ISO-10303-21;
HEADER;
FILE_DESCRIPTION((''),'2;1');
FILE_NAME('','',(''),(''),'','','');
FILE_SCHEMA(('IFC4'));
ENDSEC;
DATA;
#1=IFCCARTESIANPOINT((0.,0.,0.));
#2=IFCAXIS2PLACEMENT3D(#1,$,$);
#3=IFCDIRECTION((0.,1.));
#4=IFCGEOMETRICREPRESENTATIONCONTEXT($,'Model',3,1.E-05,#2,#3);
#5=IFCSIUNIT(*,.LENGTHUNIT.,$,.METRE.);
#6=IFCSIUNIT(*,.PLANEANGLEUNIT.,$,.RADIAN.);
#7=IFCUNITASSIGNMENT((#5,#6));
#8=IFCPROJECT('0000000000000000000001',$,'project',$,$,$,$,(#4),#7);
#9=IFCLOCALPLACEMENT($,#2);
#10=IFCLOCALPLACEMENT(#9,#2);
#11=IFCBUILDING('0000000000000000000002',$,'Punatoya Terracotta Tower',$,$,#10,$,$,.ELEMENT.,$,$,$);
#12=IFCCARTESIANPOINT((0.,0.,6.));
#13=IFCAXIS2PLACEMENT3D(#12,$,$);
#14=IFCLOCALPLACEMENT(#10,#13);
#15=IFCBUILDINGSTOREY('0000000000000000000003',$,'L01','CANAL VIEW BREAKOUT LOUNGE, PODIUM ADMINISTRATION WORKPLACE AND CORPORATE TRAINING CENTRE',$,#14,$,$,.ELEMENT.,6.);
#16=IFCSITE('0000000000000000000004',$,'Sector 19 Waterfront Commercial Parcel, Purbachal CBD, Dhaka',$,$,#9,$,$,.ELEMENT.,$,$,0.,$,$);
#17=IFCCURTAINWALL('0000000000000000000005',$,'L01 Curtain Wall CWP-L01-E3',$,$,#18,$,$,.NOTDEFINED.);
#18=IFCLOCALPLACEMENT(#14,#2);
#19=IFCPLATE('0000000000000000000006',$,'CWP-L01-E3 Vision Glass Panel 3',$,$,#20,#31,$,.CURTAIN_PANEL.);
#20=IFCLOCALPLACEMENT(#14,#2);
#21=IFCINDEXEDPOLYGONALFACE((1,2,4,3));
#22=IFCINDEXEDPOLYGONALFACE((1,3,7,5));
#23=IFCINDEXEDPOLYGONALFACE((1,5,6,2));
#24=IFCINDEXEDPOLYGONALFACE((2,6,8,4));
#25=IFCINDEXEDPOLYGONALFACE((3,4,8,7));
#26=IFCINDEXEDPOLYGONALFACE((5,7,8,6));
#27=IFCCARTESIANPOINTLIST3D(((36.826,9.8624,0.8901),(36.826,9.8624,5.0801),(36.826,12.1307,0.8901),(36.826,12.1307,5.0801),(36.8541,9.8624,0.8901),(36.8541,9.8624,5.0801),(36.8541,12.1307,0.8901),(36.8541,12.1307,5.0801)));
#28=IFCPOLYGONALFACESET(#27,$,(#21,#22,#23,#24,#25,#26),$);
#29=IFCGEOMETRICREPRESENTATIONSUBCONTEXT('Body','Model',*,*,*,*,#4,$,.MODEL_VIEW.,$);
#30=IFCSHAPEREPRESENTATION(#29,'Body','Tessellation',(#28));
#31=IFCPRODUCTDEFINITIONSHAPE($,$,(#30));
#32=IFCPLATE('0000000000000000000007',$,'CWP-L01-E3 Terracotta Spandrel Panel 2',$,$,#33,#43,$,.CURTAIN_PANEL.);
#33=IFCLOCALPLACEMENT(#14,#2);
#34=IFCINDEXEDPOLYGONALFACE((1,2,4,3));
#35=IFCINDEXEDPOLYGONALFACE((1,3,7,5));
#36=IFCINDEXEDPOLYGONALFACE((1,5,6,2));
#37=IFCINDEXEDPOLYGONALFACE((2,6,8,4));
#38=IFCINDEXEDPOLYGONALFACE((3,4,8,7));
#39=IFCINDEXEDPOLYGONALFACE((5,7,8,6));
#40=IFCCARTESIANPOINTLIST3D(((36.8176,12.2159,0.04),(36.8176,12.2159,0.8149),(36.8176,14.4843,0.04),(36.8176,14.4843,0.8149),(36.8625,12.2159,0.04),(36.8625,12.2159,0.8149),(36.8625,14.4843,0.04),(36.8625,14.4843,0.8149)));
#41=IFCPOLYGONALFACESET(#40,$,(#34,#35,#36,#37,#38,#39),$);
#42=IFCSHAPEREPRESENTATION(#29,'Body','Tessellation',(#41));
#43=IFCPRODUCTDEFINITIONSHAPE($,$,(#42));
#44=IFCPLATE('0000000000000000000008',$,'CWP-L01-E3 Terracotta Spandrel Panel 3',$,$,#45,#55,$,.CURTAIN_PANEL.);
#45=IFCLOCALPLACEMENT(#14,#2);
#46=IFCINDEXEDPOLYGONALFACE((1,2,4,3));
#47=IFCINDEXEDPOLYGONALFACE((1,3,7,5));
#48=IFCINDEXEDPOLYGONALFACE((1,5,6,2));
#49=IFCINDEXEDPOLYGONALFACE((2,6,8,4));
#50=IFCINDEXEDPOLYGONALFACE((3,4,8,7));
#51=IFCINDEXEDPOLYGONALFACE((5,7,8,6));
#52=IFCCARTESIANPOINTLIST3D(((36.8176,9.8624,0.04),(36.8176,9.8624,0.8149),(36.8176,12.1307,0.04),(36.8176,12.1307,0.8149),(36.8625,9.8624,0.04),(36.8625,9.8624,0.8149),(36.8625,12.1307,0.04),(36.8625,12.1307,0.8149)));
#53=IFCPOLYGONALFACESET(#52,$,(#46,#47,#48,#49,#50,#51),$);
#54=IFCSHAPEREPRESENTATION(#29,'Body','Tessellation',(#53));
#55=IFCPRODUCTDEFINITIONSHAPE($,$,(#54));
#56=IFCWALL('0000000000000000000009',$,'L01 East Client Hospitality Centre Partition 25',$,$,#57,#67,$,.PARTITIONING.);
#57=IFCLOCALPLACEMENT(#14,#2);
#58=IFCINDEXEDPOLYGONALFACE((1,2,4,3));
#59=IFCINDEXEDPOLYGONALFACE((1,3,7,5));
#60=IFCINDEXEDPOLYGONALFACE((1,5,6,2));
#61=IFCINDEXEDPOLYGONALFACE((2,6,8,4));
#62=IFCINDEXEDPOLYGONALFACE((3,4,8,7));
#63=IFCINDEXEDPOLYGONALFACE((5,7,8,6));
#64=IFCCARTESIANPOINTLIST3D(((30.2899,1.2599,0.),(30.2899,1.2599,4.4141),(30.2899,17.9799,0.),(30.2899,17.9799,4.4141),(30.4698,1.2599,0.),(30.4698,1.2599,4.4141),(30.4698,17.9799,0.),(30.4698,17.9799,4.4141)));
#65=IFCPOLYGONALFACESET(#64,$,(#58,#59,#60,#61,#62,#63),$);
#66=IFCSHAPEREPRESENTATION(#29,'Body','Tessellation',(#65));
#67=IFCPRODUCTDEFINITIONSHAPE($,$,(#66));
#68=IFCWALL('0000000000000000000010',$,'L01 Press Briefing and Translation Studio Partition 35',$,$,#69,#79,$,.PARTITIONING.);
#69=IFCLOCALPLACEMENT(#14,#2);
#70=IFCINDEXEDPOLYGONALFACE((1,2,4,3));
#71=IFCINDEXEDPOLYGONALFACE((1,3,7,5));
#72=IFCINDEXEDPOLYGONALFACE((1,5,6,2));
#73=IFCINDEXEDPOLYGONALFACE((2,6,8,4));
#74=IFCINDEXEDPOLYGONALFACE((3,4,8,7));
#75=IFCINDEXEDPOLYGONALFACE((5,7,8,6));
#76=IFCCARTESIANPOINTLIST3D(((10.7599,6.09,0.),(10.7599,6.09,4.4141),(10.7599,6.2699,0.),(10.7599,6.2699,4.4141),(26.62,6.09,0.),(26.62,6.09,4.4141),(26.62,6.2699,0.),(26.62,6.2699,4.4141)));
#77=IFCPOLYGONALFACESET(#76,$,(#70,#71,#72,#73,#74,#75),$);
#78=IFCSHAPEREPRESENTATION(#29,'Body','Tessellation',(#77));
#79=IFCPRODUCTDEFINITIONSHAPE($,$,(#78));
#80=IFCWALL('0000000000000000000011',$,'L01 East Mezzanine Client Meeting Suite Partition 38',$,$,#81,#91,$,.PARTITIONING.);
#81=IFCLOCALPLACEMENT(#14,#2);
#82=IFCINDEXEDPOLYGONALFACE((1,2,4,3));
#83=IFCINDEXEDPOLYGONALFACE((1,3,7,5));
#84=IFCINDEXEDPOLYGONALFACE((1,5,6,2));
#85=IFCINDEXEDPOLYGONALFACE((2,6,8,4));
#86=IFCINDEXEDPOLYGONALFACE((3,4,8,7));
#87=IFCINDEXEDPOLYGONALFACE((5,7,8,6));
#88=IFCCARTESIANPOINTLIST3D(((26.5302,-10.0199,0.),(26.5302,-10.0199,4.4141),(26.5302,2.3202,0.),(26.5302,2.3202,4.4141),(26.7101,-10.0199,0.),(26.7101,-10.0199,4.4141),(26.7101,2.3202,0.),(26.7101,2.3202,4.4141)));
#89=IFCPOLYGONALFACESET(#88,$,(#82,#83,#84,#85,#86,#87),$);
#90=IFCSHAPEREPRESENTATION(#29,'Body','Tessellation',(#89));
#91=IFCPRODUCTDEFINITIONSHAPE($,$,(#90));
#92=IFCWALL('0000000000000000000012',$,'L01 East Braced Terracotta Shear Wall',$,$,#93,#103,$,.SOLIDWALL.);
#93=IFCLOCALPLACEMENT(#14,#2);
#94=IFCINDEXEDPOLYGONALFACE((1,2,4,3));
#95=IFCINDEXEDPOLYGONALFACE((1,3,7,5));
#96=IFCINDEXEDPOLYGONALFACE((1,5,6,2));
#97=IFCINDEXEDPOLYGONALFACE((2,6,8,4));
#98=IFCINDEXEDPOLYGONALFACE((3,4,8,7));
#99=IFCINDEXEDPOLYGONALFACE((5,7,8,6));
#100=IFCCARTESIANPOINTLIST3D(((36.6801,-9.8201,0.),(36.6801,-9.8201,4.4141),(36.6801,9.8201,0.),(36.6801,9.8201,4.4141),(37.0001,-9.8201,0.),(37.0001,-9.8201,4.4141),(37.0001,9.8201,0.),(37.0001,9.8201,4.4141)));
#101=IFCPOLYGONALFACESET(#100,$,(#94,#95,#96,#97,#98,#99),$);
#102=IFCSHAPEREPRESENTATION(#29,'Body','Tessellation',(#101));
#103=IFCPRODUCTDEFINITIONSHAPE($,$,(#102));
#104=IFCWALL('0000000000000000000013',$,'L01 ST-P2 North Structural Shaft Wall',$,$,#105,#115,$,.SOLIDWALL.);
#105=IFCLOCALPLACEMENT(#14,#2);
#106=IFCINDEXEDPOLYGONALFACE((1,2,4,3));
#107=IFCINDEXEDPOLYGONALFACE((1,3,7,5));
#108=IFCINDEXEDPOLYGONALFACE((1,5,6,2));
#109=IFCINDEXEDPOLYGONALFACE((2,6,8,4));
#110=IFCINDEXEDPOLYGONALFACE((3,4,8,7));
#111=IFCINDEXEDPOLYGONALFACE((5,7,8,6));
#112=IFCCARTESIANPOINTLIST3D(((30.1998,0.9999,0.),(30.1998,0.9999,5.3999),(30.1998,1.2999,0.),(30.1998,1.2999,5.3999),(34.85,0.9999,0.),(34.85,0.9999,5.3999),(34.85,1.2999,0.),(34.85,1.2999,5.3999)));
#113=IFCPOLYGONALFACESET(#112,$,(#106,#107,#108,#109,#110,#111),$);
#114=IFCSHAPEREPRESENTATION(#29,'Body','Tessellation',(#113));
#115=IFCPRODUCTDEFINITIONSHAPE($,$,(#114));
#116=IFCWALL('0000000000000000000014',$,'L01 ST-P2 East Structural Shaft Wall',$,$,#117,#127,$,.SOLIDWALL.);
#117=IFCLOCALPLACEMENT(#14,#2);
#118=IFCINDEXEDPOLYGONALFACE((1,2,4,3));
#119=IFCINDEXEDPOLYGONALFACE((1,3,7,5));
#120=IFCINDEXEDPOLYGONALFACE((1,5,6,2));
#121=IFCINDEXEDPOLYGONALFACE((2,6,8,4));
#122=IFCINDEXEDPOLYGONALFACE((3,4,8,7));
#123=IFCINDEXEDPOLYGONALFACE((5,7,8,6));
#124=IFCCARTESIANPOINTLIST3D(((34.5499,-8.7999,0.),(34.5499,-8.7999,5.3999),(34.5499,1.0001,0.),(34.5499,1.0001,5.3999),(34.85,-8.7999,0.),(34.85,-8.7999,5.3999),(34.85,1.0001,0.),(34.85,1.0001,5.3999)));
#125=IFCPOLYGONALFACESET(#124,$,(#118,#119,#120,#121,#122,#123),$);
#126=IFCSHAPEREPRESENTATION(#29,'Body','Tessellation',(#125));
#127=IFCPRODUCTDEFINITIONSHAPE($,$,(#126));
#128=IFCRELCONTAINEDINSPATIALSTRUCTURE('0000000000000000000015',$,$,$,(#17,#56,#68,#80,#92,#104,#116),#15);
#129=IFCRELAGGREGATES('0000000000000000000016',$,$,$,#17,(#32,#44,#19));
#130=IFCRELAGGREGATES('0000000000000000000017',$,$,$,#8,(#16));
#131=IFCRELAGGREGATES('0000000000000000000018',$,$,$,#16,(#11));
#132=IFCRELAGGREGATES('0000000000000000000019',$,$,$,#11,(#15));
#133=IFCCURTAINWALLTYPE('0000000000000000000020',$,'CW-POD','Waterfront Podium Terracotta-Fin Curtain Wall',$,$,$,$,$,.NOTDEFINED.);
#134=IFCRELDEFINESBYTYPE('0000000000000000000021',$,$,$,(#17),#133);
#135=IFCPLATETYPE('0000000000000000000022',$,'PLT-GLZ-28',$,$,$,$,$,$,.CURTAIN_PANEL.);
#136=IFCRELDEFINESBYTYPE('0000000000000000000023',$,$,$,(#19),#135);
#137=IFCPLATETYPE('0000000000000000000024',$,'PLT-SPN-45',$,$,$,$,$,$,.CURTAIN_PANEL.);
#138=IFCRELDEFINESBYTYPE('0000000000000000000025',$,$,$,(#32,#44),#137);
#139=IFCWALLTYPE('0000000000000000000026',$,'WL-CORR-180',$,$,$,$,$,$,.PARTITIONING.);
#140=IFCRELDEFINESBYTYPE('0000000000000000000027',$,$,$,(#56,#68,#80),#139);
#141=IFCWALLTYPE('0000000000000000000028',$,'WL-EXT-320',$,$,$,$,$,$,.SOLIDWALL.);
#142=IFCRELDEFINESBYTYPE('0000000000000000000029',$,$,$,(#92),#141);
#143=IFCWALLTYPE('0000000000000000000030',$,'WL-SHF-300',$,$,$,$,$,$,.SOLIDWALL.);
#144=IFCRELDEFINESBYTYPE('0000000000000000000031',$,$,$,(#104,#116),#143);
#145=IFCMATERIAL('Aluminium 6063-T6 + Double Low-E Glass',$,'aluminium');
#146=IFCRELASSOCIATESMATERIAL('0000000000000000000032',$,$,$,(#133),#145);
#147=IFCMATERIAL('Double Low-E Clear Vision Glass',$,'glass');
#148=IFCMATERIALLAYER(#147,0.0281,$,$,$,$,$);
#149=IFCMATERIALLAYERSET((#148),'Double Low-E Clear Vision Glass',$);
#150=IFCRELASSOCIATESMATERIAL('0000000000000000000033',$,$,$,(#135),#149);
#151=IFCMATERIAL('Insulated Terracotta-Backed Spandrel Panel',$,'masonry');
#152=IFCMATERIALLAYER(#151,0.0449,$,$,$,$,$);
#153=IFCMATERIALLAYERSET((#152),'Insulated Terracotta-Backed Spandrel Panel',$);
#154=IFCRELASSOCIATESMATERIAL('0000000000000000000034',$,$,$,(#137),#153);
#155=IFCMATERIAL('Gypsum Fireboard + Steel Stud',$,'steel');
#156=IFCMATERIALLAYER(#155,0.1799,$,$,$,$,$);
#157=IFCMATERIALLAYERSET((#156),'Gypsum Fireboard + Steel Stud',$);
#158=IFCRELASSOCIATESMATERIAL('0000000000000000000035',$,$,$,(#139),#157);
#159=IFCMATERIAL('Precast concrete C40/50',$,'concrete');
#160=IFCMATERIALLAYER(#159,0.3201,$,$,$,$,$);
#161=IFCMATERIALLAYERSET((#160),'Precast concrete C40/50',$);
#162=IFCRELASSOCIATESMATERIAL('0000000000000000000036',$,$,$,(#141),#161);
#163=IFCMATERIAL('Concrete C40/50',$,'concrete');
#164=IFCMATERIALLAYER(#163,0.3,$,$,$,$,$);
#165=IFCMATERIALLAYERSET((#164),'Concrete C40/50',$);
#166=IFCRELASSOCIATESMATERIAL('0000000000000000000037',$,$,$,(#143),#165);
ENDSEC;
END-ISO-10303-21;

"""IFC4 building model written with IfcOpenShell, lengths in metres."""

from ifc_helpers import new_model, si_unit, direction, frame, frame_2d, origin, origin_2d, place, context, subcontext, project, spatial, rectangle, extrude, material, layer, layer_set, type_object, element, aggregate, save


model = new_model("IFC4")

# Units and contexts
model_context = context("Model", 3, precision=1e-05, world=origin(), true_north=direction((0.0, 1.0)))
body_context = subcontext(model_context, "Body", "Model", "MODEL_VIEW")
ifc_project = project(units=[si_unit("LENGTHUNIT", "METRE"), si_unit("PLANEANGLEUNIT", "RADIAN")], contexts=[model_context])

# Site, building, storey
site_placement = place(None, origin())
site = spatial("IfcSite", under=ifc_project, at=site_placement, Name="Sector 19 Waterfront Commercial Parcel, Purbachal CBD, Dhaka", CompositionType="ELEMENT", RefElevation=0.0)
building_placement = place(site_placement, origin())
building = spatial("IfcBuilding", under=site, at=building_placement, Name="Punatoya Terracotta Tower", CompositionType="ELEMENT")
storey_placement = place(building_placement, frame((0.0, 0.0, 6.0)))
storey = spatial("IfcBuildingStorey", under=building, at=storey_placement, Name="L01", Description="CANAL VIEW BREAKOUT LOUNGE, PODIUM ADMINISTRATION WORKPLACE AND CORPORATE TRAINING CENTRE", CompositionType="ELEMENT", Elevation=6.0)

# Curtain wall
ifc_material_1 = material(Name="Aluminium 6063-T6 + Double Low-E Glass", Category="aluminium")
curtain_wall_type = type_object("IfcCurtainWallType", Name="CW-POD", Description="Waterfront Podium Terracotta-Fin Curtain Wall", PredefinedType="NOTDEFINED", material=ifc_material_1)
curtain_wall_placement = place(storey_placement, origin())
curtain_wall = element("IfcCurtainWall", 1, at=curtain_wall_placement, inside=storey, type_object=curtain_wall_type, Name="L01 Curtain Wall CWP-L01-E3", PredefinedType="NOTDEFINED")

# Plates
ifc_material_2 = material(Name="Double Low-E Clear Vision Glass", Category="glass")
ifc_layer_1 = layer(ifc_material_2, 0.0281)
ifc_layer_set_1 = layer_set([ifc_layer_1], Name="Double Low-E Clear Vision Glass")
plate_type_1 = type_object("IfcPlateType", Name="PLT-GLZ-28", PredefinedType="CURTAIN_PANEL", material=ifc_layer_set_1)
plate_1_placement = place(storey_placement, frame((36.8401, 10.9966, 0.8901), z_axis=(0.0, 0.0, 1.0), x_axis=(0.0, -1.0, 0.0)))
plate_1 = element("IfcPlate", 2, at=plate_1_placement, type_object=plate_type_1, Name="CWP-L01-E3 Vision Glass Panel 3", PredefinedType="CURTAIN_PANEL", context=body_context, shape_type="SweptSolid", body=[
    extrude(rectangle(XDim=2.2683, YDim=0.0281, at=origin_2d()), origin(), (0.0, 0.0, 1.0), 4.1899),
])
ifc_material_3 = material(Name="Insulated Terracotta-Backed Spandrel Panel", Category="masonry")
ifc_layer_2 = layer(ifc_material_3, 0.0449)
ifc_layer_set_2 = layer_set([ifc_layer_2], Name="Insulated Terracotta-Backed Spandrel Panel")
plate_type_2 = type_object("IfcPlateType", Name="PLT-SPN-45", PredefinedType="CURTAIN_PANEL", material=ifc_layer_set_2)
plate_2_placement = place(storey_placement, frame((36.8401, 13.3501, 0.04), z_axis=(0.0, 0.0, 1.0), x_axis=(0.0, -1.0, 0.0)))
plate_2 = element("IfcPlate", 3, at=plate_2_placement, type_object=plate_type_2, Name="CWP-L01-E3 Terracotta Spandrel Panel 2", PredefinedType="CURTAIN_PANEL", context=body_context, shape_type="SweptSolid", body=[
    extrude(rectangle(XDim=2.2683, YDim=0.0449, at=origin_2d()), origin(), (0.0, 0.0, 1.0), 0.7749),
])
plate_3_placement = place(storey_placement, frame((36.8401, 10.9966, 0.04), z_axis=(0.0, 0.0, 1.0), x_axis=(0.0, -1.0, 0.0)))
plate_3 = element("IfcPlate", 4, at=plate_3_placement, type_object=plate_type_2, Name="CWP-L01-E3 Terracotta Spandrel Panel 3", PredefinedType="CURTAIN_PANEL", context=body_context, shape_type="SweptSolid", body=[
    extrude(rectangle(XDim=2.2683, YDim=0.0449, at=origin_2d()), origin(), (0.0, 0.0, 1.0), 0.7749),
])
aggregate(curtain_wall, [plate_2, plate_3, plate_1])

# Walls
ifc_material_4 = material(Name="Gypsum Fireboard + Steel Stud", Category="steel")
ifc_layer_3 = layer(ifc_material_4, 0.1799)
ifc_layer_set_3 = layer_set([ifc_layer_3], Name="Gypsum Fireboard + Steel Stud")
wall_type_1 = type_object("IfcWallType", Name="WL-CORR-180", PredefinedType="PARTITIONING", material=ifc_layer_set_3)
wall_1_placement = place(storey_placement, frame((30.3799, 1.26, 0.0), z_axis=(0.0, 0.0, 1.0), x_axis=(0.0, 1.0, 0.0)))
element("IfcWall", 5, at=wall_1_placement, inside=storey, type_object=wall_type_1, Name="L01 East Client Hospitality Centre Partition 25", PredefinedType="PARTITIONING", context=body_context, shape_type="SweptSolid", body=[
    extrude(rectangle(XDim=16.72, YDim=0.1799, at=frame_2d((8.3599, 0.0))), origin(), (0.0, 0.0, 1.0), 4.4141),
])
wall_2_placement = place(storey_placement, frame((26.6201, 6.1799, 0.0), z_axis=(0.0, 0.0, 1.0), x_axis=(-1.0, 0.0, 0.0)))
element("IfcWall", 6, at=wall_2_placement, inside=storey, type_object=wall_type_1, Name="L01 Press Briefing and Translation Studio Partition 35", PredefinedType="PARTITIONING", context=body_context, shape_type="SweptSolid", body=[
    extrude(rectangle(XDim=15.8601, YDim=0.1799, at=frame_2d((7.9302, 0.0))), origin(), (0.0, 0.0, 1.0), 4.4141),
])
wall_3_placement = place(storey_placement, frame((26.6201, 2.3201, 0.0), z_axis=(0.0, 0.0, 1.0), x_axis=(0.0, -1.0, 0.0)))
element("IfcWall", 7, at=wall_3_placement, inside=storey, type_object=wall_type_1, Name="L01 East Mezzanine Client Meeting Suite Partition 38", PredefinedType="PARTITIONING", context=body_context, shape_type="SweptSolid", body=[
    extrude(rectangle(XDim=12.3401, YDim=0.1799, at=frame_2d((6.1699, 0.0))), origin(), (0.0, 0.0, 1.0), 4.4141),
])
ifc_material_5 = material(Name="Precast concrete C40/50", Category="concrete")
ifc_layer_4 = layer(ifc_material_5, 0.3201)
ifc_layer_set_4 = layer_set([ifc_layer_4], Name="Precast concrete C40/50")
wall_type_2 = type_object("IfcWallType", Name="WL-EXT-320", PredefinedType="SOLIDWALL", material=ifc_layer_set_4)
wall_4_placement = place(storey_placement, frame((36.8401, 9.8201, 0.0), z_axis=(0.0, 0.0, 1.0), x_axis=(0.0, -1.0, 0.0)))
element("IfcWall", 8, at=wall_4_placement, inside=storey, type_object=wall_type_2, Name="L01 East Braced Terracotta Shear Wall", PredefinedType="SOLIDWALL", context=body_context, shape_type="SweptSolid", body=[
    extrude(rectangle(XDim=19.6401, YDim=0.3201, at=frame_2d((9.8201, 0.0))), origin(), (0.0, 0.0, 1.0), 4.4141),
])
ifc_material_6 = material(Name="Concrete C40/50", Category="concrete")
ifc_layer_5 = layer(ifc_material_6, 0.3)
ifc_layer_set_5 = layer_set([ifc_layer_5], Name="Concrete C40/50")
wall_type_3 = type_object("IfcWallType", Name="WL-SHF-300", PredefinedType="SOLIDWALL", material=ifc_layer_set_5)
wall_5_placement = place(storey_placement, frame((34.8501, 1.1499, 0.0), z_axis=(0.0, 0.0, 1.0), x_axis=(-1.0, 0.0, 0.0)))
element("IfcWall", 9, at=wall_5_placement, inside=storey, type_object=wall_type_3, Name="L01 ST-P2 North Structural Shaft Wall", PredefinedType="SOLIDWALL", context=body_context, shape_type="SweptSolid", body=[
    extrude(rectangle(XDim=4.6501, YDim=0.3, at=frame_2d((2.3252, 0.0))), origin(), (0.0, 0.0, 1.0), 5.3999),
])
wall_6_placement = place(storey_placement, frame((34.7, 1.0, 0.0), z_axis=(0.0, 0.0, 1.0), x_axis=(0.0, -1.0, 0.0)))
element("IfcWall", 10, at=wall_6_placement, inside=storey, type_object=wall_type_3, Name="L01 ST-P2 East Structural Shaft Wall", PredefinedType="SOLIDWALL", context=body_context, shape_type="SweptSolid", body=[
    extrude(rectangle(XDim=9.8, YDim=0.3, at=frame_2d((4.8999, 0.0))), origin(), (0.0, 0.0, 1.0), 5.3999),
])

save(model, "model.ifc")
